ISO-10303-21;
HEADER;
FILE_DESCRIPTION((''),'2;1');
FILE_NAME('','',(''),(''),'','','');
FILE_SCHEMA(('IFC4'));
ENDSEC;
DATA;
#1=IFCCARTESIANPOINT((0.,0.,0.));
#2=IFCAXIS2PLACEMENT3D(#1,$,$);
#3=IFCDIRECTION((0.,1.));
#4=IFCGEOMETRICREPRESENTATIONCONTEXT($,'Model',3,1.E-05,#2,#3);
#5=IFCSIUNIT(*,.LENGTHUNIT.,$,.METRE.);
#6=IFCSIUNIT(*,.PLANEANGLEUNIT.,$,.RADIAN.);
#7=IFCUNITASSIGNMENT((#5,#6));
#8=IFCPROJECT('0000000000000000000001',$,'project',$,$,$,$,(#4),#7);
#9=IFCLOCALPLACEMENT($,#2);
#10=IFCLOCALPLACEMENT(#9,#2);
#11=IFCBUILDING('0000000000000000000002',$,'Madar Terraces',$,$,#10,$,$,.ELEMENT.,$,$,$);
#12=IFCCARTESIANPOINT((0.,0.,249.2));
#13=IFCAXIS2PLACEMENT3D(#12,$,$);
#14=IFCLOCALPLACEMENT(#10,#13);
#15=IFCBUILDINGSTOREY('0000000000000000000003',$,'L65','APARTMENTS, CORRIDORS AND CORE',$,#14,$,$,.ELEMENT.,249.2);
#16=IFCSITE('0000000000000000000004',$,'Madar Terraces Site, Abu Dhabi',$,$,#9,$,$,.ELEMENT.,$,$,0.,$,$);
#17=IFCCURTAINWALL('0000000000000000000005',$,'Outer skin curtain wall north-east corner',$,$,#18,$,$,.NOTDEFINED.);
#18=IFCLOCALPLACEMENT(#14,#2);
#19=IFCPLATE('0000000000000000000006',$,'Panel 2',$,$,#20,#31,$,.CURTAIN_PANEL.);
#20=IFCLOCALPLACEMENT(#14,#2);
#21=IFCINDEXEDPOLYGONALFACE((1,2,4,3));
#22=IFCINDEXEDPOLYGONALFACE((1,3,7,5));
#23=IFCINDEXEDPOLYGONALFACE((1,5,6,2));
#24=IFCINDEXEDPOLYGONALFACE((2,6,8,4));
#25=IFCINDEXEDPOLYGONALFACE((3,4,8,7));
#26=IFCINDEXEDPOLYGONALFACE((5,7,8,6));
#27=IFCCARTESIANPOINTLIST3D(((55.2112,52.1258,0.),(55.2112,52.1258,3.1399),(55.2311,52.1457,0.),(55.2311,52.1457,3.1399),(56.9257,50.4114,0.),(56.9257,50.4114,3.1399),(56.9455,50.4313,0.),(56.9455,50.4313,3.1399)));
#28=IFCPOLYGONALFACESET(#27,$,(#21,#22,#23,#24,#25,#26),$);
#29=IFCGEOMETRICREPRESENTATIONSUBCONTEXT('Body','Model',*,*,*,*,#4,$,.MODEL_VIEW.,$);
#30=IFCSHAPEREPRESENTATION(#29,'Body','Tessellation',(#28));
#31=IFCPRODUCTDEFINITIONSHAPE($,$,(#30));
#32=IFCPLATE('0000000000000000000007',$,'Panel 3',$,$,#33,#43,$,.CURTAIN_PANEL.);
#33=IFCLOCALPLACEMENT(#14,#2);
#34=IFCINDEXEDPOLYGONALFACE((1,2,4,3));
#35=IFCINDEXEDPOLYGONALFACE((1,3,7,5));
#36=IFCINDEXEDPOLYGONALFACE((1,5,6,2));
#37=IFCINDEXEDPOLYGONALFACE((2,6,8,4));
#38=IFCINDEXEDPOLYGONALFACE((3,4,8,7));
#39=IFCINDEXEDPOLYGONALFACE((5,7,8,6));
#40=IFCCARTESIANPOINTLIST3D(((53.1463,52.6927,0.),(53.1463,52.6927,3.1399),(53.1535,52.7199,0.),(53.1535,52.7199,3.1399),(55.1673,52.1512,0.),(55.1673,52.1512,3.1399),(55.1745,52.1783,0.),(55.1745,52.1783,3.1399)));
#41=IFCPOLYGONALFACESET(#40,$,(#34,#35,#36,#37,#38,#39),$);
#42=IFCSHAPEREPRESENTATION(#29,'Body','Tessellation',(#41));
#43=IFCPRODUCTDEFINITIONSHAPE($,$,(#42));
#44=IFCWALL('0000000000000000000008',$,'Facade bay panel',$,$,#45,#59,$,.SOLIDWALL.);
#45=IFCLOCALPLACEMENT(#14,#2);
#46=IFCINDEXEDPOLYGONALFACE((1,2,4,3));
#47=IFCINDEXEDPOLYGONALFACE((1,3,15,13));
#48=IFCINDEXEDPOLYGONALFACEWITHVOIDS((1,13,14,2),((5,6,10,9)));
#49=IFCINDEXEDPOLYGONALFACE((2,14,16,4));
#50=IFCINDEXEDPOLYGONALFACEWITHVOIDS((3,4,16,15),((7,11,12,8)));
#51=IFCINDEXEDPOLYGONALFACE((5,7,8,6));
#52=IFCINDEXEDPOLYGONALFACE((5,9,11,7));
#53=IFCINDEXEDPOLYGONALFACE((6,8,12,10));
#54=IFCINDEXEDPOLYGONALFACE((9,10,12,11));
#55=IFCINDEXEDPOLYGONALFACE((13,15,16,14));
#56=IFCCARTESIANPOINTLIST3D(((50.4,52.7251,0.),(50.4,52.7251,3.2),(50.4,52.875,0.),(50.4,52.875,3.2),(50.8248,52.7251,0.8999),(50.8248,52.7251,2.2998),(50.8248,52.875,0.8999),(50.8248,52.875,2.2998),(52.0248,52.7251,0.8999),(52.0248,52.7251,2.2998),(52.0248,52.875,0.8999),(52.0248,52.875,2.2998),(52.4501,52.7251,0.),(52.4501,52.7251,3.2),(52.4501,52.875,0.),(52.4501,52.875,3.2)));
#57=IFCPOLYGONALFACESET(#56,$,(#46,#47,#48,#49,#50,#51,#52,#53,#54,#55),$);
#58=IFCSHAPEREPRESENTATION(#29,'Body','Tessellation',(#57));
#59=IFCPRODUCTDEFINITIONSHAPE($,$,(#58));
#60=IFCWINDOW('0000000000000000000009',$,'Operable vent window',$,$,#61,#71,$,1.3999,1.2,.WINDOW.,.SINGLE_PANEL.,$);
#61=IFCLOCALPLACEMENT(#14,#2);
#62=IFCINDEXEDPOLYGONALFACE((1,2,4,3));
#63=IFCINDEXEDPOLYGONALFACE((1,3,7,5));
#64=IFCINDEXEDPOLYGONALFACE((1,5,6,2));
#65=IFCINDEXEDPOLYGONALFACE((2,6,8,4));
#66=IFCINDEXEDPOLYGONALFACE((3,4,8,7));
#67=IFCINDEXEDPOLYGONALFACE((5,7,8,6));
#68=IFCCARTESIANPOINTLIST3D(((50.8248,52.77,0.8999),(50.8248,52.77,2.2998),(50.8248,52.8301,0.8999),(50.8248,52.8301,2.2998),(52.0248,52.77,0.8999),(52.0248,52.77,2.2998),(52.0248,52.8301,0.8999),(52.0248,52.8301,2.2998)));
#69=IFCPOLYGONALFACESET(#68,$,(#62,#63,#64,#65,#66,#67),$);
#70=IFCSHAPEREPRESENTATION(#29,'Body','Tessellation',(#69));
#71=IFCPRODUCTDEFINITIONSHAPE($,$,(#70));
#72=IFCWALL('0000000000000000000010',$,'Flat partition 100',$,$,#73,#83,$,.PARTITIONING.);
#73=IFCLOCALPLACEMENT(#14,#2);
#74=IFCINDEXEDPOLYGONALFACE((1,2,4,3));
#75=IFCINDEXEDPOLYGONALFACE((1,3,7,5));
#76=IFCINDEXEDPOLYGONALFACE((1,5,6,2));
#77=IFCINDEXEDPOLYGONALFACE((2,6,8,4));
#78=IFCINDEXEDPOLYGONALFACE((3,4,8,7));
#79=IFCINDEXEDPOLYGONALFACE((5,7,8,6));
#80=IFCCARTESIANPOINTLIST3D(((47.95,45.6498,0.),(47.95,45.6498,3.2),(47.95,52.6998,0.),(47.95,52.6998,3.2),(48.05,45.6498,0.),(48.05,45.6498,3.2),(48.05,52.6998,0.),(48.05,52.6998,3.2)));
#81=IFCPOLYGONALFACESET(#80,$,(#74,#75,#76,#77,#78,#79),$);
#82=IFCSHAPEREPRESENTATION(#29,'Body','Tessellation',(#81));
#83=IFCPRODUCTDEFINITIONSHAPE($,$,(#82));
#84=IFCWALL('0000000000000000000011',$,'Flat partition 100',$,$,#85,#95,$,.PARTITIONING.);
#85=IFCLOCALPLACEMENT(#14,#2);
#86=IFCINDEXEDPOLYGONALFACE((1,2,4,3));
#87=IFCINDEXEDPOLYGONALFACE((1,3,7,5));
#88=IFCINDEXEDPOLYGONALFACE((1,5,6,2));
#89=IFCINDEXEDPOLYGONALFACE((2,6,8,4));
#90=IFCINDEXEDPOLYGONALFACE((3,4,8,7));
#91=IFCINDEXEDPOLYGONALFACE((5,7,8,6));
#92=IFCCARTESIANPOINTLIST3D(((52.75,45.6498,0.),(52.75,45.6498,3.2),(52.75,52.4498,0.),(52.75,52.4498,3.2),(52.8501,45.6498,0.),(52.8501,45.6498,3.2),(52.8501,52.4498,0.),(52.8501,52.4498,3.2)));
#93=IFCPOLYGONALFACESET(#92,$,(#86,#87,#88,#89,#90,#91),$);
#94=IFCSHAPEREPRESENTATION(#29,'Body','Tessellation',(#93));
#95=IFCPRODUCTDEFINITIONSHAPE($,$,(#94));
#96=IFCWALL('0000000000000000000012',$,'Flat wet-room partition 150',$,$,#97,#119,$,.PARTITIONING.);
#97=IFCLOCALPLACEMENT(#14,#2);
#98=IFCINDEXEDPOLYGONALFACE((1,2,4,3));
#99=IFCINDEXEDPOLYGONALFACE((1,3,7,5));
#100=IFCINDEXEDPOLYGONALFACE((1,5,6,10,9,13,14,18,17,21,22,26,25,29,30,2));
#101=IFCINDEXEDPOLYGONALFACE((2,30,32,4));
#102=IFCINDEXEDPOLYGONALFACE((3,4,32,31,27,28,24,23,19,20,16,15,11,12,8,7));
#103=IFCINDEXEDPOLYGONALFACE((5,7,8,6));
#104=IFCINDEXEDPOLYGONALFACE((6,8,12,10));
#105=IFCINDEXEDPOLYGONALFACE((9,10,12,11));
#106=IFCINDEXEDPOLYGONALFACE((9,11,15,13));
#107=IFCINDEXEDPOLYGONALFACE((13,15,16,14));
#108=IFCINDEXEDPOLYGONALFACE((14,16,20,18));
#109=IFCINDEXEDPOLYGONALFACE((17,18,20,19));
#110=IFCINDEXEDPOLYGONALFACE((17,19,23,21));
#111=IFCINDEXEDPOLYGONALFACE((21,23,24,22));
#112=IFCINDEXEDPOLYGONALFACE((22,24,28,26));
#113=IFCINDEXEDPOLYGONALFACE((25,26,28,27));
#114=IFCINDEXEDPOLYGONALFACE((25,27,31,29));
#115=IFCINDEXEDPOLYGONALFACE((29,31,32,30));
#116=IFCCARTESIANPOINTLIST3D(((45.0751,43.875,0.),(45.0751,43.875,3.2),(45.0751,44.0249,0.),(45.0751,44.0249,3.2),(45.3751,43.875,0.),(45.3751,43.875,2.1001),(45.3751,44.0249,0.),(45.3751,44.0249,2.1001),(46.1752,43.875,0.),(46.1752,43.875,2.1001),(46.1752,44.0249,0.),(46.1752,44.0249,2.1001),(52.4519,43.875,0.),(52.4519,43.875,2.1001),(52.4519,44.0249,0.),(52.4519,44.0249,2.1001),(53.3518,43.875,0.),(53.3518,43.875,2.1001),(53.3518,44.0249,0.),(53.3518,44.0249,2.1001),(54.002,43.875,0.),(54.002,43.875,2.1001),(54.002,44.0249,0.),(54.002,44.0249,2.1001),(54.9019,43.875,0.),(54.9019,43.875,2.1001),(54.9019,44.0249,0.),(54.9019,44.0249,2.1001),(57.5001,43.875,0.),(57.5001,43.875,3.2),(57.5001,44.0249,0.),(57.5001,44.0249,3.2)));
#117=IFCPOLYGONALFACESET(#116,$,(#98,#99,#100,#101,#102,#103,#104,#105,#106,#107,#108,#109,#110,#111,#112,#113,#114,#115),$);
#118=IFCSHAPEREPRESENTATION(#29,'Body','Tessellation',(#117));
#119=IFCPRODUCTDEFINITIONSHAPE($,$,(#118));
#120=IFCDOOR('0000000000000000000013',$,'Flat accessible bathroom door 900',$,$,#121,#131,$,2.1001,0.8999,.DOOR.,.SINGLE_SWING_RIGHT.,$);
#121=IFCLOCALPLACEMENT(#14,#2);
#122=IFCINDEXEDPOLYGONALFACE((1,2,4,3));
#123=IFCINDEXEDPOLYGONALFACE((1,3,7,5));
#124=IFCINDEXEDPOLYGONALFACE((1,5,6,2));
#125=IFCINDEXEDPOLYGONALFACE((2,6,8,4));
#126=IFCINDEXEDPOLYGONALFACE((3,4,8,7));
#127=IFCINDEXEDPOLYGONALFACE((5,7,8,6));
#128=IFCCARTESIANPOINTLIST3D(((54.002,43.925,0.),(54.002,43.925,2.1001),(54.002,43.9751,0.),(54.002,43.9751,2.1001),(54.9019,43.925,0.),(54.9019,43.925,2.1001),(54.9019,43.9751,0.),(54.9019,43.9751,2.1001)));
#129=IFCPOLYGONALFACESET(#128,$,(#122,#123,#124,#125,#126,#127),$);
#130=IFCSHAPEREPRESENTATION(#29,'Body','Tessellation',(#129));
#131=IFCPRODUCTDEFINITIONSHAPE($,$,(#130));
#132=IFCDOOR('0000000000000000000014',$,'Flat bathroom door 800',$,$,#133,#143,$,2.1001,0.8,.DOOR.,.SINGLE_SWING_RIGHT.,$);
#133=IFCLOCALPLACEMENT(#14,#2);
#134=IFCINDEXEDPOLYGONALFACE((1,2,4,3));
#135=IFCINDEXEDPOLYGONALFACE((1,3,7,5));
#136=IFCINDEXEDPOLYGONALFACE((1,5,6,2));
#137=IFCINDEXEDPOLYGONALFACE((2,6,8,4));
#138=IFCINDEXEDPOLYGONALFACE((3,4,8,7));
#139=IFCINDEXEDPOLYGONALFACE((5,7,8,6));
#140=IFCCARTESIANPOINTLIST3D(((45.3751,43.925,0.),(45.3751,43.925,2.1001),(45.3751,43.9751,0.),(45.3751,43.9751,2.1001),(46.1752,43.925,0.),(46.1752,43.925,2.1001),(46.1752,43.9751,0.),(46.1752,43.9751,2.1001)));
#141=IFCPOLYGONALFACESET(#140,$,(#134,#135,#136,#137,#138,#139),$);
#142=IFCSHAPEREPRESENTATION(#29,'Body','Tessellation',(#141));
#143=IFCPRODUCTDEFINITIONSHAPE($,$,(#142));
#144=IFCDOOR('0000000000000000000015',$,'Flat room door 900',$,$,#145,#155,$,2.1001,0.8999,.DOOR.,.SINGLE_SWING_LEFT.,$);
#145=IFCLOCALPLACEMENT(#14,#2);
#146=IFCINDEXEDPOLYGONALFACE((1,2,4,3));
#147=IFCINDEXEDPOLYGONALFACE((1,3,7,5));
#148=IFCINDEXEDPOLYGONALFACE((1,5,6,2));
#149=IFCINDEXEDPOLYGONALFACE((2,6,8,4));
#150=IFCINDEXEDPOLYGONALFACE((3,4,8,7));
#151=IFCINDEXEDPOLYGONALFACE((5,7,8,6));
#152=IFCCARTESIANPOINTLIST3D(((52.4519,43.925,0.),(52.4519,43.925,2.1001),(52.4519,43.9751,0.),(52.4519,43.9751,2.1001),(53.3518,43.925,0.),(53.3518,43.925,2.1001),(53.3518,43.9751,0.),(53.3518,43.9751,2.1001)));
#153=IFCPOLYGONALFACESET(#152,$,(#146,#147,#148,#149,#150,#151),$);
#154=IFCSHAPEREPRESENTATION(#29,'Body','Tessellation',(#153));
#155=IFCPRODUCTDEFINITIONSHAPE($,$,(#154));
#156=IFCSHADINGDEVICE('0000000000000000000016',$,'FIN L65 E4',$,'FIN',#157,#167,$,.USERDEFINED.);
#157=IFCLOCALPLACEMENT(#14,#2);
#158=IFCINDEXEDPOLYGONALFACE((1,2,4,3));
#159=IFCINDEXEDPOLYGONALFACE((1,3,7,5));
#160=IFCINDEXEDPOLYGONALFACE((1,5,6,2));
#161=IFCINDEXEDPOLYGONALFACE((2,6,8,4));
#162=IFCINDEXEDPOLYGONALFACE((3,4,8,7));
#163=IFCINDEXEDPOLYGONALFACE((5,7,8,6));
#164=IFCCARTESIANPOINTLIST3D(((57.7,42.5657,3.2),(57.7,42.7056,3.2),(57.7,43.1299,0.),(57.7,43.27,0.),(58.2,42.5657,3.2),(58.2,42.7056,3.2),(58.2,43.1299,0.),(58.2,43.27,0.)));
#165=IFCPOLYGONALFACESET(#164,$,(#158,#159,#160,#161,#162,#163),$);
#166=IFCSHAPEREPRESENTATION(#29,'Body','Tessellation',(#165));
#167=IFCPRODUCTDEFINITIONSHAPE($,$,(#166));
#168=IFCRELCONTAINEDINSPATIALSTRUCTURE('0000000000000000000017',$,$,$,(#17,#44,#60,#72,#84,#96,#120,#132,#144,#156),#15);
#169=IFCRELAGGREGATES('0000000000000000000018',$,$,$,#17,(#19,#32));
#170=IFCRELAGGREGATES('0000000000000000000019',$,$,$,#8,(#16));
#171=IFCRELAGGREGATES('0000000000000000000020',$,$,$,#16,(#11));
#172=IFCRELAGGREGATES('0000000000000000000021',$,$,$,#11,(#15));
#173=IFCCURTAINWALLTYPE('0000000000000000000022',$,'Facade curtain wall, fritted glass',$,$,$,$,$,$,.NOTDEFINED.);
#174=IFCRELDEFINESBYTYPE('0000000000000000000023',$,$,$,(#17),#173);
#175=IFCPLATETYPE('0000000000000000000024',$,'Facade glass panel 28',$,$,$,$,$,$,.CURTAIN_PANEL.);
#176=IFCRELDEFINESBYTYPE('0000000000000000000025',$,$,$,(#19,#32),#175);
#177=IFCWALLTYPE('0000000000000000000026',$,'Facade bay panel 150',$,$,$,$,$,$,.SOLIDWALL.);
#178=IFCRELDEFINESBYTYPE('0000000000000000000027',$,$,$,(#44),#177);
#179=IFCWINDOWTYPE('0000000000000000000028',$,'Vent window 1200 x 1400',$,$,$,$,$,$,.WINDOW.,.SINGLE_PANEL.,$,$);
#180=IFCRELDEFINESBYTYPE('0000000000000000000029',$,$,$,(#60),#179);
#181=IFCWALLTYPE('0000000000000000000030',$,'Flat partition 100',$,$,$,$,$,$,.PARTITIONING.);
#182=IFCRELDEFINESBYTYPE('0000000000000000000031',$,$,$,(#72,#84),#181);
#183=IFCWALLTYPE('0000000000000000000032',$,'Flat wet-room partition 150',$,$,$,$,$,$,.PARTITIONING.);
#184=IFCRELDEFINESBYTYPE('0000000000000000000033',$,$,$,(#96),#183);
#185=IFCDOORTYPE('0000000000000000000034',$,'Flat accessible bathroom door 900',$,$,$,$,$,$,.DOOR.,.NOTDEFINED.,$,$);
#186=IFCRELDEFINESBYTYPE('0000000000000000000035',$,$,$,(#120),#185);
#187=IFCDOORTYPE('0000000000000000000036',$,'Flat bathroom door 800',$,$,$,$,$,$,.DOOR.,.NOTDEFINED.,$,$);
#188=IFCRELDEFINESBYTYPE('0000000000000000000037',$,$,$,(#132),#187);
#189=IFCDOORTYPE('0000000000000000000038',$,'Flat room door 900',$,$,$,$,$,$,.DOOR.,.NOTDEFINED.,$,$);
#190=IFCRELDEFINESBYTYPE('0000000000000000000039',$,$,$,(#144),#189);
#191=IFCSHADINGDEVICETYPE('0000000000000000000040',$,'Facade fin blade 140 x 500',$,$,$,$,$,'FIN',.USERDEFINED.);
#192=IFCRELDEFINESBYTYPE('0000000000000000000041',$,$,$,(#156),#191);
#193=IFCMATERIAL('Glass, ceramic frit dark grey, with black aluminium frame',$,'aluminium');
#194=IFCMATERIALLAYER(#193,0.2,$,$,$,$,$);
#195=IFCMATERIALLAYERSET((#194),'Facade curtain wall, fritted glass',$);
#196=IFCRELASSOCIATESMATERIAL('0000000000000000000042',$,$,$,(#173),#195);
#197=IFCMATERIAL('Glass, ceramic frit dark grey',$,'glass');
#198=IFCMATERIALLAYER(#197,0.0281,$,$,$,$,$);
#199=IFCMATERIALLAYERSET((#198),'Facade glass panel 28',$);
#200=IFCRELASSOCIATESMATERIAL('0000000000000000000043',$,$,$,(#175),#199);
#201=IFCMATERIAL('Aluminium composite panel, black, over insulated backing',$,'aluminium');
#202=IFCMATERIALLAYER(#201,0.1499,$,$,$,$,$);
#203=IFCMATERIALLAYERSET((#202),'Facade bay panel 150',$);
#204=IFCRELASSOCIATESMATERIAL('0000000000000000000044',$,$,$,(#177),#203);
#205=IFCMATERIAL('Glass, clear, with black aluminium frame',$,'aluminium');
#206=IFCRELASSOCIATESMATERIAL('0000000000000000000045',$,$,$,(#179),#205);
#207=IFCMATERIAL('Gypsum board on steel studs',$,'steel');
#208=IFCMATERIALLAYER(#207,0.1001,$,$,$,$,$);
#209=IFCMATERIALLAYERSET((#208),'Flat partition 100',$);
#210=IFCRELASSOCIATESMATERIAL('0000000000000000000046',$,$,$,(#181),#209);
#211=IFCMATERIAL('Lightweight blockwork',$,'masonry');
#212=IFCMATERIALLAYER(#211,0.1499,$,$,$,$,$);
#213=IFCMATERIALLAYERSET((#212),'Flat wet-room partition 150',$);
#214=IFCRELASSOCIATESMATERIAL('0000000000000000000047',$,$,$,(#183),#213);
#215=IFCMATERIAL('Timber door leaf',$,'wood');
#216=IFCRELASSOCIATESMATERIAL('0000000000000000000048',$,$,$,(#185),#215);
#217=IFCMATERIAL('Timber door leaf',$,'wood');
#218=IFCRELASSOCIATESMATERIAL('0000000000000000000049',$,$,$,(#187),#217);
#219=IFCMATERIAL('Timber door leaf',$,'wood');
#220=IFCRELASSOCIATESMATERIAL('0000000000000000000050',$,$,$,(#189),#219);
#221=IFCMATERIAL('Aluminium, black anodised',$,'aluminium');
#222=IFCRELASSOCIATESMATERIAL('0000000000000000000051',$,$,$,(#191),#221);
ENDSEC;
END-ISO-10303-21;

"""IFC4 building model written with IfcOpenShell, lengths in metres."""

from ifc_helpers import new_model, si_unit, direction, frame, frame_2d, origin, origin_2d, place, context, subcontext, project, spatial, polyline, rectangle, outline, extrude, material, layer, layer_set, type_object, element, fill, aggregate, save


model = new_model("IFC4")

# Units and contexts
model_context = context("Model", 3, precision=1e-05, world=origin(), true_north=direction((0.0, 1.0)))
body_context = subcontext(model_context, "Body", "Model", "MODEL_VIEW")
ifc_project = project(units=[si_unit("LENGTHUNIT", "METRE"), si_unit("PLANEANGLEUNIT", "RADIAN")], contexts=[model_context])

# Site, building, storey
site_placement = place(None, origin())
site = spatial("IfcSite", under=ifc_project, at=site_placement, Name="Madar Terraces Site, Abu Dhabi", CompositionType="ELEMENT", RefElevation=0.0)
building_placement = place(site_placement, origin())
building = spatial("IfcBuilding", under=site, at=building_placement, Name="Madar Terraces", CompositionType="ELEMENT")
storey_placement = place(building_placement, frame((0.0, 0.0, 249.2)))
storey = spatial("IfcBuildingStorey", under=building, at=storey_placement, Name="L65", Description="APARTMENTS, CORRIDORS AND CORE", CompositionType="ELEMENT", Elevation=249.2)

# Shared definitions
ifc_material_1 = material(Name="Glass, ceramic frit dark grey, with black aluminium frame", Category="aluminium")
ifc_layer_1 = layer(ifc_material_1, 0.2)
ifc_layer_set_1 = layer_set([ifc_layer_1], Name="Facade curtain wall, fritted glass")
curtain_wall_type = type_object("IfcCurtainWallType", Name="Facade curtain wall, fritted glass", PredefinedType="NOTDEFINED", material=ifc_layer_set_1)

# Curtain wall
curtain_wall_1_placement = place(storey_placement, origin())
curtain_wall_1 = element("IfcCurtainWall", 1, at=curtain_wall_1_placement, inside=storey, type_object=curtain_wall_type, Name="Outer skin curtain wall north-east corner", PredefinedType="NOTDEFINED")

# Plates
ifc_material_2 = material(Name="Glass, ceramic frit dark grey", Category="glass")
ifc_layer_2 = layer(ifc_material_2, 0.0281)
ifc_layer_set_2 = layer_set([ifc_layer_2], Name="Facade glass panel 28")
plate_type = type_object("IfcPlateType", Name="Facade glass panel 28", PredefinedType="CURTAIN_PANEL", material=ifc_layer_set_2)
plate_1_placement = place(storey_placement, frame((56.0784, 51.2786, 0.0), z_axis=(0.0, 0.0, 1.0), x_axis=(-0.707107, 0.707107, 0.0)))
plate_1 = element("IfcPlate", 2, at=plate_1_placement, type_object=plate_type, Name="Panel 2", PredefinedType="CURTAIN_PANEL", context=body_context, shape_type="SweptSolid", body=[
    extrude(rectangle(XDim=2.4246, YDim=0.0281, at=origin_2d()), origin(), (0.0, 0.0, 1.0), 3.1399),
])
plate_2_placement = place(storey_placement, frame((54.1604, 52.4355, 0.0), z_axis=(0.0, 0.0, 1.0), x_axis=(-0.965926, 0.258819, 0.0)))
plate_2 = element("IfcPlate", 3, at=plate_2_placement, type_object=plate_type, Name="Panel 3", PredefinedType="CURTAIN_PANEL", context=body_context, shape_type="SweptSolid", body=[
    extrude(rectangle(XDim=2.0923, YDim=0.0281, at=origin_2d()), origin(), (0.0, 0.0, 1.0), 3.1399),
])
aggregate(curtain_wall_1, [plate_1, plate_2])

# Wall, opening, window
ifc_material_3 = material(Name="Aluminium composite panel, black, over insulated backing", Category="aluminium")
ifc_layer_3 = layer(ifc_material_3, 0.1499)
ifc_layer_set_3 = layer_set([ifc_layer_3], Name="Facade bay panel 150")
wall_type_1 = type_object("IfcWallType", Name="Facade bay panel 150", PredefinedType="SOLIDWALL", material=ifc_layer_set_3)
wall_1_placement = place(storey_placement, frame((52.45, 52.8, 0.0), z_axis=(0.0, 0.0, 1.0), x_axis=(-1.0, 0.0, 0.0)))
wall_1 = element("IfcWall", 4, at=wall_1_placement, inside=storey, type_object=wall_type_1, Name="Facade bay panel", PredefinedType="SOLIDWALL", context=body_context, shape_type="SweptSolid", body=[
    extrude(rectangle(XDim=2.05, YDim=0.1499, at=frame_2d((1.0249, 0.0))), origin(), (0.0, 0.0, 1.0), 3.2),
])
opening_1_placement = place(wall_1_placement, frame((0.425, 0.0, 0.8999)))
opening_1 = element("IfcOpeningElement", 5, at=opening_1_placement, cuts=wall_1, PredefinedType="OPENING", context=body_context, shape_type="SweptSolid", body=[
    extrude(rectangle(XDim=1.2, YDim=1.3999, at=frame_2d((0.6001, 0.7))), frame((0.0, 0.085, 0.0), z_axis=(0.0, -1.0, 0.0), x_axis=(1.0, 0.0, 0.0)), (0.0, 0.0, 1.0), 0.1699),
])
ifc_material_4 = material(Name="Glass, clear, with black aluminium frame", Category="aluminium")
window_type = type_object("IfcWindowType", Name="Vent window 1200 x 1400", PartitioningType="SINGLE_PANEL", PredefinedType="WINDOW", material=ifc_material_4)
window_placement = place(opening_1_placement, origin())
window = element("IfcWindow", 6, at=window_placement, inside=storey, type_object=window_type, Name="Operable vent window", OverallHeight=1.3999, OverallWidth=1.2, PartitioningType="SINGLE_PANEL", PredefinedType="WINDOW", context=body_context, shape_type="SweptSolid", body=[
    extrude(rectangle(XDim=1.2, YDim=1.3999, at=frame_2d((0.6001, 0.7))), frame((0.0, 0.03, 0.0), z_axis=(0.0, -1.0, 0.0), x_axis=(1.0, 0.0, 0.0)), (0.0, 0.0, 1.0), 0.0601),
])
fill(opening_1, window)

# Walls
ifc_material_5 = material(Name="Gypsum board on steel studs", Category="steel")
ifc_layer_4 = layer(ifc_material_5, 0.1001)
ifc_layer_set_4 = layer_set([ifc_layer_4], Name="Flat partition 100")
wall_type_2 = type_object("IfcWallType", Name="Flat partition 100", PredefinedType="PARTITIONING", material=ifc_layer_set_4)
wall_2_placement = place(storey_placement, frame((48.0, 45.6499, 0.0), z_axis=(0.0, 0.0, 1.0), x_axis=(0.0, 1.0, 0.0)))
element("IfcWall", 7, at=wall_2_placement, inside=storey, type_object=wall_type_2, Name="Flat partition 100", PredefinedType="PARTITIONING", context=body_context, shape_type="SweptSolid", body=[
    extrude(rectangle(XDim=7.05, YDim=0.1001, at=frame_2d((3.5249, 0.0))), origin(), (0.0, 0.0, 1.0), 3.2),
])
wall_3_placement = place(storey_placement, frame((52.8, 45.6499, 0.0), z_axis=(0.0, 0.0, 1.0), x_axis=(0.0, 1.0, 0.0)))
element("IfcWall", 8, at=wall_3_placement, inside=storey, type_object=wall_type_2, Name="Flat partition 100", PredefinedType="PARTITIONING", context=body_context, shape_type="SweptSolid", body=[
    extrude(rectangle(XDim=6.8, YDim=0.1001, at=frame_2d((3.3999, 0.0))), origin(), (0.0, 0.0, 1.0), 3.2),
])

# Wall, openings, doors
ifc_material_6 = material(Name="Lightweight blockwork", Category="masonry")
ifc_layer_5 = layer(ifc_material_6, 0.1499)
ifc_layer_set_5 = layer_set([ifc_layer_5], Name="Flat wet-room partition 150")
wall_type_3 = type_object("IfcWallType", Name="Flat wet-room partition 150", PredefinedType="PARTITIONING", material=ifc_layer_set_5)
wall_4_placement = place(storey_placement, frame((57.5, 43.95, 0.0), z_axis=(0.0, 0.0, 1.0), x_axis=(-1.0, 0.0, 0.0)))
wall_4 = element("IfcWall", 9, at=wall_4_placement, inside=storey, type_object=wall_type_3, Name="Flat wet-room partition 150", PredefinedType="PARTITIONING", context=body_context, shape_type="SweptSolid", body=[
    extrude(rectangle(XDim=12.425, YDim=0.1499, at=frame_2d((6.2124, 0.0))), origin(), (0.0, 0.0, 1.0), 3.2),
])
opening_2_placement = place(wall_4_placement, frame((11.325, 0.0, 0.0)))
opening_2 = element("IfcOpeningElement", 10, at=opening_2_placement, cuts=wall_4, PredefinedType="OPENING", context=body_context, shape_type="SweptSolid", body=[
    extrude(rectangle(XDim=0.8, YDim=2.1001, at=frame_2d((0.3999, 1.05))), frame((0.0, 0.085, 0.0), z_axis=(0.0, -1.0, 0.0), x_axis=(1.0, 0.0, 0.0)), (0.0, 0.0, 1.0), 0.1699),
])
opening_3_placement = place(wall_4_placement, frame((4.1482, 0.0, 0.0)))
opening_3 = element("IfcOpeningElement", 11, at=opening_3_placement, cuts=wall_4, PredefinedType="OPENING", context=body_context, shape_type="SweptSolid", body=[
    extrude(rectangle(XDim=0.8999, YDim=2.1001, at=frame_2d((0.45, 1.05))), frame((0.0, 0.085, 0.0), z_axis=(0.0, -1.0, 0.0), x_axis=(1.0, 0.0, 0.0)), (0.0, 0.0, 1.0), 0.1699),
])
opening_4_placement = place(wall_4_placement, frame((2.5981, 0.0, 0.0)))
opening_4 = element("IfcOpeningElement", 12, at=opening_4_placement, cuts=wall_4, PredefinedType="OPENING", context=body_context, shape_type="SweptSolid", body=[
    extrude(rectangle(XDim=0.8999, YDim=2.1001, at=frame_2d((0.45, 1.05))), frame((0.0, 0.085, 0.0), z_axis=(0.0, -1.0, 0.0), x_axis=(1.0, 0.0, 0.0)), (0.0, 0.0, 1.0), 0.1699),
])
ifc_material_7 = material(Name="Timber door leaf", Category="wood")
door_type_1 = type_object("IfcDoorType", Name="Flat accessible bathroom door 900", OperationType="NOTDEFINED", PredefinedType="DOOR", material=ifc_material_7)
door_1_placement = place(opening_4_placement, origin())
door_1 = element("IfcDoor", 13, at=door_1_placement, inside=storey, type_object=door_type_1, Name="Flat accessible bathroom door 900", OperationType="SINGLE_SWING_RIGHT", OverallHeight=2.1001, OverallWidth=0.8999, PredefinedType="DOOR", context=body_context, shape_type="SweptSolid", body=[
    extrude(rectangle(XDim=0.8999, YDim=2.1001, at=frame_2d((0.45, 1.05))), frame((0.0, 0.0249, 0.0), z_axis=(0.0, -1.0, 0.0), x_axis=(1.0, 0.0, 0.0)), (0.0, 0.0, 1.0), 0.05),
])
fill(opening_4, door_1)
ifc_material_8 = material(Name="Timber door leaf", Category="wood")
door_type_2 = type_object("IfcDoorType", Name="Flat bathroom door 800", OperationType="NOTDEFINED", PredefinedType="DOOR", material=ifc_material_8)
door_2_placement = place(opening_2_placement, origin())
door_2 = element("IfcDoor", 14, at=door_2_placement, inside=storey, type_object=door_type_2, Name="Flat bathroom door 800", OperationType="SINGLE_SWING_RIGHT", OverallHeight=2.1001, OverallWidth=0.8, PredefinedType="DOOR", context=body_context, shape_type="SweptSolid", body=[
    extrude(rectangle(XDim=0.8, YDim=2.1001, at=frame_2d((0.3999, 1.05))), frame((0.0, 0.0249, 0.0), z_axis=(0.0, -1.0, 0.0), x_axis=(1.0, 0.0, 0.0)), (0.0, 0.0, 1.0), 0.05),
])
fill(opening_2, door_2)
ifc_material_9 = material(Name="Timber door leaf", Category="wood")
door_type_3 = type_object("IfcDoorType", Name="Flat room door 900", OperationType="NOTDEFINED", PredefinedType="DOOR", material=ifc_material_9)
door_3_placement = place(opening_3_placement, origin())
door_3 = element("IfcDoor", 15, at=door_3_placement, inside=storey, type_object=door_type_3, Name="Flat room door 900", OperationType="SINGLE_SWING_LEFT", OverallHeight=2.1001, OverallWidth=0.8999, PredefinedType="DOOR", context=body_context, shape_type="SweptSolid", body=[
    extrude(rectangle(XDim=0.8999, YDim=2.1001, at=frame_2d((0.45, 1.05))), frame((0.0, 0.0249, 0.0), z_axis=(0.0, -1.0, 0.0), x_axis=(1.0, 0.0, 0.0)), (0.0, 0.0, 1.0), 0.05),
])
fill(opening_3, door_3)

# Shading device
ifc_material_10 = material(Name="Aluminium, black anodised", Category="aluminium")
shading_device_type = type_object("IfcShadingDeviceType", Name="Facade fin blade 140 x 500", ElementType="FIN", PredefinedType="USERDEFINED", material=ifc_material_10)
for number, where, z_axis, x_axis, name in (
    (16, (57.95, 43.1299, 0.0), (0.0, 0.0, 1.0), (0.0, 1.0, 0.0), "FIN L65 E4"),
):
    element("IfcShadingDevice", number, at=place(storey_placement, frame(where, z_axis=z_axis, x_axis=x_axis)), inside=storey, type_object=shading_device_type, Name=name, ObjectType="FIN", PredefinedType="USERDEFINED", context=body_context, shape_type="SweptSolid", body=[
        extrude(outline(polyline([(0.0, 0.0), (0.1401, 0.0), (-0.4243, 3.2), (-0.5642, 3.2), (0.0, 0.0)])), frame((0.0, 0.25, 0.0), z_axis=(0.0, -1.0, 0.0), x_axis=(1.0, 0.0, 0.0)), (0.0, 0.0, 1.0), 0.5),
    ])

save(model, "model.ifc")
